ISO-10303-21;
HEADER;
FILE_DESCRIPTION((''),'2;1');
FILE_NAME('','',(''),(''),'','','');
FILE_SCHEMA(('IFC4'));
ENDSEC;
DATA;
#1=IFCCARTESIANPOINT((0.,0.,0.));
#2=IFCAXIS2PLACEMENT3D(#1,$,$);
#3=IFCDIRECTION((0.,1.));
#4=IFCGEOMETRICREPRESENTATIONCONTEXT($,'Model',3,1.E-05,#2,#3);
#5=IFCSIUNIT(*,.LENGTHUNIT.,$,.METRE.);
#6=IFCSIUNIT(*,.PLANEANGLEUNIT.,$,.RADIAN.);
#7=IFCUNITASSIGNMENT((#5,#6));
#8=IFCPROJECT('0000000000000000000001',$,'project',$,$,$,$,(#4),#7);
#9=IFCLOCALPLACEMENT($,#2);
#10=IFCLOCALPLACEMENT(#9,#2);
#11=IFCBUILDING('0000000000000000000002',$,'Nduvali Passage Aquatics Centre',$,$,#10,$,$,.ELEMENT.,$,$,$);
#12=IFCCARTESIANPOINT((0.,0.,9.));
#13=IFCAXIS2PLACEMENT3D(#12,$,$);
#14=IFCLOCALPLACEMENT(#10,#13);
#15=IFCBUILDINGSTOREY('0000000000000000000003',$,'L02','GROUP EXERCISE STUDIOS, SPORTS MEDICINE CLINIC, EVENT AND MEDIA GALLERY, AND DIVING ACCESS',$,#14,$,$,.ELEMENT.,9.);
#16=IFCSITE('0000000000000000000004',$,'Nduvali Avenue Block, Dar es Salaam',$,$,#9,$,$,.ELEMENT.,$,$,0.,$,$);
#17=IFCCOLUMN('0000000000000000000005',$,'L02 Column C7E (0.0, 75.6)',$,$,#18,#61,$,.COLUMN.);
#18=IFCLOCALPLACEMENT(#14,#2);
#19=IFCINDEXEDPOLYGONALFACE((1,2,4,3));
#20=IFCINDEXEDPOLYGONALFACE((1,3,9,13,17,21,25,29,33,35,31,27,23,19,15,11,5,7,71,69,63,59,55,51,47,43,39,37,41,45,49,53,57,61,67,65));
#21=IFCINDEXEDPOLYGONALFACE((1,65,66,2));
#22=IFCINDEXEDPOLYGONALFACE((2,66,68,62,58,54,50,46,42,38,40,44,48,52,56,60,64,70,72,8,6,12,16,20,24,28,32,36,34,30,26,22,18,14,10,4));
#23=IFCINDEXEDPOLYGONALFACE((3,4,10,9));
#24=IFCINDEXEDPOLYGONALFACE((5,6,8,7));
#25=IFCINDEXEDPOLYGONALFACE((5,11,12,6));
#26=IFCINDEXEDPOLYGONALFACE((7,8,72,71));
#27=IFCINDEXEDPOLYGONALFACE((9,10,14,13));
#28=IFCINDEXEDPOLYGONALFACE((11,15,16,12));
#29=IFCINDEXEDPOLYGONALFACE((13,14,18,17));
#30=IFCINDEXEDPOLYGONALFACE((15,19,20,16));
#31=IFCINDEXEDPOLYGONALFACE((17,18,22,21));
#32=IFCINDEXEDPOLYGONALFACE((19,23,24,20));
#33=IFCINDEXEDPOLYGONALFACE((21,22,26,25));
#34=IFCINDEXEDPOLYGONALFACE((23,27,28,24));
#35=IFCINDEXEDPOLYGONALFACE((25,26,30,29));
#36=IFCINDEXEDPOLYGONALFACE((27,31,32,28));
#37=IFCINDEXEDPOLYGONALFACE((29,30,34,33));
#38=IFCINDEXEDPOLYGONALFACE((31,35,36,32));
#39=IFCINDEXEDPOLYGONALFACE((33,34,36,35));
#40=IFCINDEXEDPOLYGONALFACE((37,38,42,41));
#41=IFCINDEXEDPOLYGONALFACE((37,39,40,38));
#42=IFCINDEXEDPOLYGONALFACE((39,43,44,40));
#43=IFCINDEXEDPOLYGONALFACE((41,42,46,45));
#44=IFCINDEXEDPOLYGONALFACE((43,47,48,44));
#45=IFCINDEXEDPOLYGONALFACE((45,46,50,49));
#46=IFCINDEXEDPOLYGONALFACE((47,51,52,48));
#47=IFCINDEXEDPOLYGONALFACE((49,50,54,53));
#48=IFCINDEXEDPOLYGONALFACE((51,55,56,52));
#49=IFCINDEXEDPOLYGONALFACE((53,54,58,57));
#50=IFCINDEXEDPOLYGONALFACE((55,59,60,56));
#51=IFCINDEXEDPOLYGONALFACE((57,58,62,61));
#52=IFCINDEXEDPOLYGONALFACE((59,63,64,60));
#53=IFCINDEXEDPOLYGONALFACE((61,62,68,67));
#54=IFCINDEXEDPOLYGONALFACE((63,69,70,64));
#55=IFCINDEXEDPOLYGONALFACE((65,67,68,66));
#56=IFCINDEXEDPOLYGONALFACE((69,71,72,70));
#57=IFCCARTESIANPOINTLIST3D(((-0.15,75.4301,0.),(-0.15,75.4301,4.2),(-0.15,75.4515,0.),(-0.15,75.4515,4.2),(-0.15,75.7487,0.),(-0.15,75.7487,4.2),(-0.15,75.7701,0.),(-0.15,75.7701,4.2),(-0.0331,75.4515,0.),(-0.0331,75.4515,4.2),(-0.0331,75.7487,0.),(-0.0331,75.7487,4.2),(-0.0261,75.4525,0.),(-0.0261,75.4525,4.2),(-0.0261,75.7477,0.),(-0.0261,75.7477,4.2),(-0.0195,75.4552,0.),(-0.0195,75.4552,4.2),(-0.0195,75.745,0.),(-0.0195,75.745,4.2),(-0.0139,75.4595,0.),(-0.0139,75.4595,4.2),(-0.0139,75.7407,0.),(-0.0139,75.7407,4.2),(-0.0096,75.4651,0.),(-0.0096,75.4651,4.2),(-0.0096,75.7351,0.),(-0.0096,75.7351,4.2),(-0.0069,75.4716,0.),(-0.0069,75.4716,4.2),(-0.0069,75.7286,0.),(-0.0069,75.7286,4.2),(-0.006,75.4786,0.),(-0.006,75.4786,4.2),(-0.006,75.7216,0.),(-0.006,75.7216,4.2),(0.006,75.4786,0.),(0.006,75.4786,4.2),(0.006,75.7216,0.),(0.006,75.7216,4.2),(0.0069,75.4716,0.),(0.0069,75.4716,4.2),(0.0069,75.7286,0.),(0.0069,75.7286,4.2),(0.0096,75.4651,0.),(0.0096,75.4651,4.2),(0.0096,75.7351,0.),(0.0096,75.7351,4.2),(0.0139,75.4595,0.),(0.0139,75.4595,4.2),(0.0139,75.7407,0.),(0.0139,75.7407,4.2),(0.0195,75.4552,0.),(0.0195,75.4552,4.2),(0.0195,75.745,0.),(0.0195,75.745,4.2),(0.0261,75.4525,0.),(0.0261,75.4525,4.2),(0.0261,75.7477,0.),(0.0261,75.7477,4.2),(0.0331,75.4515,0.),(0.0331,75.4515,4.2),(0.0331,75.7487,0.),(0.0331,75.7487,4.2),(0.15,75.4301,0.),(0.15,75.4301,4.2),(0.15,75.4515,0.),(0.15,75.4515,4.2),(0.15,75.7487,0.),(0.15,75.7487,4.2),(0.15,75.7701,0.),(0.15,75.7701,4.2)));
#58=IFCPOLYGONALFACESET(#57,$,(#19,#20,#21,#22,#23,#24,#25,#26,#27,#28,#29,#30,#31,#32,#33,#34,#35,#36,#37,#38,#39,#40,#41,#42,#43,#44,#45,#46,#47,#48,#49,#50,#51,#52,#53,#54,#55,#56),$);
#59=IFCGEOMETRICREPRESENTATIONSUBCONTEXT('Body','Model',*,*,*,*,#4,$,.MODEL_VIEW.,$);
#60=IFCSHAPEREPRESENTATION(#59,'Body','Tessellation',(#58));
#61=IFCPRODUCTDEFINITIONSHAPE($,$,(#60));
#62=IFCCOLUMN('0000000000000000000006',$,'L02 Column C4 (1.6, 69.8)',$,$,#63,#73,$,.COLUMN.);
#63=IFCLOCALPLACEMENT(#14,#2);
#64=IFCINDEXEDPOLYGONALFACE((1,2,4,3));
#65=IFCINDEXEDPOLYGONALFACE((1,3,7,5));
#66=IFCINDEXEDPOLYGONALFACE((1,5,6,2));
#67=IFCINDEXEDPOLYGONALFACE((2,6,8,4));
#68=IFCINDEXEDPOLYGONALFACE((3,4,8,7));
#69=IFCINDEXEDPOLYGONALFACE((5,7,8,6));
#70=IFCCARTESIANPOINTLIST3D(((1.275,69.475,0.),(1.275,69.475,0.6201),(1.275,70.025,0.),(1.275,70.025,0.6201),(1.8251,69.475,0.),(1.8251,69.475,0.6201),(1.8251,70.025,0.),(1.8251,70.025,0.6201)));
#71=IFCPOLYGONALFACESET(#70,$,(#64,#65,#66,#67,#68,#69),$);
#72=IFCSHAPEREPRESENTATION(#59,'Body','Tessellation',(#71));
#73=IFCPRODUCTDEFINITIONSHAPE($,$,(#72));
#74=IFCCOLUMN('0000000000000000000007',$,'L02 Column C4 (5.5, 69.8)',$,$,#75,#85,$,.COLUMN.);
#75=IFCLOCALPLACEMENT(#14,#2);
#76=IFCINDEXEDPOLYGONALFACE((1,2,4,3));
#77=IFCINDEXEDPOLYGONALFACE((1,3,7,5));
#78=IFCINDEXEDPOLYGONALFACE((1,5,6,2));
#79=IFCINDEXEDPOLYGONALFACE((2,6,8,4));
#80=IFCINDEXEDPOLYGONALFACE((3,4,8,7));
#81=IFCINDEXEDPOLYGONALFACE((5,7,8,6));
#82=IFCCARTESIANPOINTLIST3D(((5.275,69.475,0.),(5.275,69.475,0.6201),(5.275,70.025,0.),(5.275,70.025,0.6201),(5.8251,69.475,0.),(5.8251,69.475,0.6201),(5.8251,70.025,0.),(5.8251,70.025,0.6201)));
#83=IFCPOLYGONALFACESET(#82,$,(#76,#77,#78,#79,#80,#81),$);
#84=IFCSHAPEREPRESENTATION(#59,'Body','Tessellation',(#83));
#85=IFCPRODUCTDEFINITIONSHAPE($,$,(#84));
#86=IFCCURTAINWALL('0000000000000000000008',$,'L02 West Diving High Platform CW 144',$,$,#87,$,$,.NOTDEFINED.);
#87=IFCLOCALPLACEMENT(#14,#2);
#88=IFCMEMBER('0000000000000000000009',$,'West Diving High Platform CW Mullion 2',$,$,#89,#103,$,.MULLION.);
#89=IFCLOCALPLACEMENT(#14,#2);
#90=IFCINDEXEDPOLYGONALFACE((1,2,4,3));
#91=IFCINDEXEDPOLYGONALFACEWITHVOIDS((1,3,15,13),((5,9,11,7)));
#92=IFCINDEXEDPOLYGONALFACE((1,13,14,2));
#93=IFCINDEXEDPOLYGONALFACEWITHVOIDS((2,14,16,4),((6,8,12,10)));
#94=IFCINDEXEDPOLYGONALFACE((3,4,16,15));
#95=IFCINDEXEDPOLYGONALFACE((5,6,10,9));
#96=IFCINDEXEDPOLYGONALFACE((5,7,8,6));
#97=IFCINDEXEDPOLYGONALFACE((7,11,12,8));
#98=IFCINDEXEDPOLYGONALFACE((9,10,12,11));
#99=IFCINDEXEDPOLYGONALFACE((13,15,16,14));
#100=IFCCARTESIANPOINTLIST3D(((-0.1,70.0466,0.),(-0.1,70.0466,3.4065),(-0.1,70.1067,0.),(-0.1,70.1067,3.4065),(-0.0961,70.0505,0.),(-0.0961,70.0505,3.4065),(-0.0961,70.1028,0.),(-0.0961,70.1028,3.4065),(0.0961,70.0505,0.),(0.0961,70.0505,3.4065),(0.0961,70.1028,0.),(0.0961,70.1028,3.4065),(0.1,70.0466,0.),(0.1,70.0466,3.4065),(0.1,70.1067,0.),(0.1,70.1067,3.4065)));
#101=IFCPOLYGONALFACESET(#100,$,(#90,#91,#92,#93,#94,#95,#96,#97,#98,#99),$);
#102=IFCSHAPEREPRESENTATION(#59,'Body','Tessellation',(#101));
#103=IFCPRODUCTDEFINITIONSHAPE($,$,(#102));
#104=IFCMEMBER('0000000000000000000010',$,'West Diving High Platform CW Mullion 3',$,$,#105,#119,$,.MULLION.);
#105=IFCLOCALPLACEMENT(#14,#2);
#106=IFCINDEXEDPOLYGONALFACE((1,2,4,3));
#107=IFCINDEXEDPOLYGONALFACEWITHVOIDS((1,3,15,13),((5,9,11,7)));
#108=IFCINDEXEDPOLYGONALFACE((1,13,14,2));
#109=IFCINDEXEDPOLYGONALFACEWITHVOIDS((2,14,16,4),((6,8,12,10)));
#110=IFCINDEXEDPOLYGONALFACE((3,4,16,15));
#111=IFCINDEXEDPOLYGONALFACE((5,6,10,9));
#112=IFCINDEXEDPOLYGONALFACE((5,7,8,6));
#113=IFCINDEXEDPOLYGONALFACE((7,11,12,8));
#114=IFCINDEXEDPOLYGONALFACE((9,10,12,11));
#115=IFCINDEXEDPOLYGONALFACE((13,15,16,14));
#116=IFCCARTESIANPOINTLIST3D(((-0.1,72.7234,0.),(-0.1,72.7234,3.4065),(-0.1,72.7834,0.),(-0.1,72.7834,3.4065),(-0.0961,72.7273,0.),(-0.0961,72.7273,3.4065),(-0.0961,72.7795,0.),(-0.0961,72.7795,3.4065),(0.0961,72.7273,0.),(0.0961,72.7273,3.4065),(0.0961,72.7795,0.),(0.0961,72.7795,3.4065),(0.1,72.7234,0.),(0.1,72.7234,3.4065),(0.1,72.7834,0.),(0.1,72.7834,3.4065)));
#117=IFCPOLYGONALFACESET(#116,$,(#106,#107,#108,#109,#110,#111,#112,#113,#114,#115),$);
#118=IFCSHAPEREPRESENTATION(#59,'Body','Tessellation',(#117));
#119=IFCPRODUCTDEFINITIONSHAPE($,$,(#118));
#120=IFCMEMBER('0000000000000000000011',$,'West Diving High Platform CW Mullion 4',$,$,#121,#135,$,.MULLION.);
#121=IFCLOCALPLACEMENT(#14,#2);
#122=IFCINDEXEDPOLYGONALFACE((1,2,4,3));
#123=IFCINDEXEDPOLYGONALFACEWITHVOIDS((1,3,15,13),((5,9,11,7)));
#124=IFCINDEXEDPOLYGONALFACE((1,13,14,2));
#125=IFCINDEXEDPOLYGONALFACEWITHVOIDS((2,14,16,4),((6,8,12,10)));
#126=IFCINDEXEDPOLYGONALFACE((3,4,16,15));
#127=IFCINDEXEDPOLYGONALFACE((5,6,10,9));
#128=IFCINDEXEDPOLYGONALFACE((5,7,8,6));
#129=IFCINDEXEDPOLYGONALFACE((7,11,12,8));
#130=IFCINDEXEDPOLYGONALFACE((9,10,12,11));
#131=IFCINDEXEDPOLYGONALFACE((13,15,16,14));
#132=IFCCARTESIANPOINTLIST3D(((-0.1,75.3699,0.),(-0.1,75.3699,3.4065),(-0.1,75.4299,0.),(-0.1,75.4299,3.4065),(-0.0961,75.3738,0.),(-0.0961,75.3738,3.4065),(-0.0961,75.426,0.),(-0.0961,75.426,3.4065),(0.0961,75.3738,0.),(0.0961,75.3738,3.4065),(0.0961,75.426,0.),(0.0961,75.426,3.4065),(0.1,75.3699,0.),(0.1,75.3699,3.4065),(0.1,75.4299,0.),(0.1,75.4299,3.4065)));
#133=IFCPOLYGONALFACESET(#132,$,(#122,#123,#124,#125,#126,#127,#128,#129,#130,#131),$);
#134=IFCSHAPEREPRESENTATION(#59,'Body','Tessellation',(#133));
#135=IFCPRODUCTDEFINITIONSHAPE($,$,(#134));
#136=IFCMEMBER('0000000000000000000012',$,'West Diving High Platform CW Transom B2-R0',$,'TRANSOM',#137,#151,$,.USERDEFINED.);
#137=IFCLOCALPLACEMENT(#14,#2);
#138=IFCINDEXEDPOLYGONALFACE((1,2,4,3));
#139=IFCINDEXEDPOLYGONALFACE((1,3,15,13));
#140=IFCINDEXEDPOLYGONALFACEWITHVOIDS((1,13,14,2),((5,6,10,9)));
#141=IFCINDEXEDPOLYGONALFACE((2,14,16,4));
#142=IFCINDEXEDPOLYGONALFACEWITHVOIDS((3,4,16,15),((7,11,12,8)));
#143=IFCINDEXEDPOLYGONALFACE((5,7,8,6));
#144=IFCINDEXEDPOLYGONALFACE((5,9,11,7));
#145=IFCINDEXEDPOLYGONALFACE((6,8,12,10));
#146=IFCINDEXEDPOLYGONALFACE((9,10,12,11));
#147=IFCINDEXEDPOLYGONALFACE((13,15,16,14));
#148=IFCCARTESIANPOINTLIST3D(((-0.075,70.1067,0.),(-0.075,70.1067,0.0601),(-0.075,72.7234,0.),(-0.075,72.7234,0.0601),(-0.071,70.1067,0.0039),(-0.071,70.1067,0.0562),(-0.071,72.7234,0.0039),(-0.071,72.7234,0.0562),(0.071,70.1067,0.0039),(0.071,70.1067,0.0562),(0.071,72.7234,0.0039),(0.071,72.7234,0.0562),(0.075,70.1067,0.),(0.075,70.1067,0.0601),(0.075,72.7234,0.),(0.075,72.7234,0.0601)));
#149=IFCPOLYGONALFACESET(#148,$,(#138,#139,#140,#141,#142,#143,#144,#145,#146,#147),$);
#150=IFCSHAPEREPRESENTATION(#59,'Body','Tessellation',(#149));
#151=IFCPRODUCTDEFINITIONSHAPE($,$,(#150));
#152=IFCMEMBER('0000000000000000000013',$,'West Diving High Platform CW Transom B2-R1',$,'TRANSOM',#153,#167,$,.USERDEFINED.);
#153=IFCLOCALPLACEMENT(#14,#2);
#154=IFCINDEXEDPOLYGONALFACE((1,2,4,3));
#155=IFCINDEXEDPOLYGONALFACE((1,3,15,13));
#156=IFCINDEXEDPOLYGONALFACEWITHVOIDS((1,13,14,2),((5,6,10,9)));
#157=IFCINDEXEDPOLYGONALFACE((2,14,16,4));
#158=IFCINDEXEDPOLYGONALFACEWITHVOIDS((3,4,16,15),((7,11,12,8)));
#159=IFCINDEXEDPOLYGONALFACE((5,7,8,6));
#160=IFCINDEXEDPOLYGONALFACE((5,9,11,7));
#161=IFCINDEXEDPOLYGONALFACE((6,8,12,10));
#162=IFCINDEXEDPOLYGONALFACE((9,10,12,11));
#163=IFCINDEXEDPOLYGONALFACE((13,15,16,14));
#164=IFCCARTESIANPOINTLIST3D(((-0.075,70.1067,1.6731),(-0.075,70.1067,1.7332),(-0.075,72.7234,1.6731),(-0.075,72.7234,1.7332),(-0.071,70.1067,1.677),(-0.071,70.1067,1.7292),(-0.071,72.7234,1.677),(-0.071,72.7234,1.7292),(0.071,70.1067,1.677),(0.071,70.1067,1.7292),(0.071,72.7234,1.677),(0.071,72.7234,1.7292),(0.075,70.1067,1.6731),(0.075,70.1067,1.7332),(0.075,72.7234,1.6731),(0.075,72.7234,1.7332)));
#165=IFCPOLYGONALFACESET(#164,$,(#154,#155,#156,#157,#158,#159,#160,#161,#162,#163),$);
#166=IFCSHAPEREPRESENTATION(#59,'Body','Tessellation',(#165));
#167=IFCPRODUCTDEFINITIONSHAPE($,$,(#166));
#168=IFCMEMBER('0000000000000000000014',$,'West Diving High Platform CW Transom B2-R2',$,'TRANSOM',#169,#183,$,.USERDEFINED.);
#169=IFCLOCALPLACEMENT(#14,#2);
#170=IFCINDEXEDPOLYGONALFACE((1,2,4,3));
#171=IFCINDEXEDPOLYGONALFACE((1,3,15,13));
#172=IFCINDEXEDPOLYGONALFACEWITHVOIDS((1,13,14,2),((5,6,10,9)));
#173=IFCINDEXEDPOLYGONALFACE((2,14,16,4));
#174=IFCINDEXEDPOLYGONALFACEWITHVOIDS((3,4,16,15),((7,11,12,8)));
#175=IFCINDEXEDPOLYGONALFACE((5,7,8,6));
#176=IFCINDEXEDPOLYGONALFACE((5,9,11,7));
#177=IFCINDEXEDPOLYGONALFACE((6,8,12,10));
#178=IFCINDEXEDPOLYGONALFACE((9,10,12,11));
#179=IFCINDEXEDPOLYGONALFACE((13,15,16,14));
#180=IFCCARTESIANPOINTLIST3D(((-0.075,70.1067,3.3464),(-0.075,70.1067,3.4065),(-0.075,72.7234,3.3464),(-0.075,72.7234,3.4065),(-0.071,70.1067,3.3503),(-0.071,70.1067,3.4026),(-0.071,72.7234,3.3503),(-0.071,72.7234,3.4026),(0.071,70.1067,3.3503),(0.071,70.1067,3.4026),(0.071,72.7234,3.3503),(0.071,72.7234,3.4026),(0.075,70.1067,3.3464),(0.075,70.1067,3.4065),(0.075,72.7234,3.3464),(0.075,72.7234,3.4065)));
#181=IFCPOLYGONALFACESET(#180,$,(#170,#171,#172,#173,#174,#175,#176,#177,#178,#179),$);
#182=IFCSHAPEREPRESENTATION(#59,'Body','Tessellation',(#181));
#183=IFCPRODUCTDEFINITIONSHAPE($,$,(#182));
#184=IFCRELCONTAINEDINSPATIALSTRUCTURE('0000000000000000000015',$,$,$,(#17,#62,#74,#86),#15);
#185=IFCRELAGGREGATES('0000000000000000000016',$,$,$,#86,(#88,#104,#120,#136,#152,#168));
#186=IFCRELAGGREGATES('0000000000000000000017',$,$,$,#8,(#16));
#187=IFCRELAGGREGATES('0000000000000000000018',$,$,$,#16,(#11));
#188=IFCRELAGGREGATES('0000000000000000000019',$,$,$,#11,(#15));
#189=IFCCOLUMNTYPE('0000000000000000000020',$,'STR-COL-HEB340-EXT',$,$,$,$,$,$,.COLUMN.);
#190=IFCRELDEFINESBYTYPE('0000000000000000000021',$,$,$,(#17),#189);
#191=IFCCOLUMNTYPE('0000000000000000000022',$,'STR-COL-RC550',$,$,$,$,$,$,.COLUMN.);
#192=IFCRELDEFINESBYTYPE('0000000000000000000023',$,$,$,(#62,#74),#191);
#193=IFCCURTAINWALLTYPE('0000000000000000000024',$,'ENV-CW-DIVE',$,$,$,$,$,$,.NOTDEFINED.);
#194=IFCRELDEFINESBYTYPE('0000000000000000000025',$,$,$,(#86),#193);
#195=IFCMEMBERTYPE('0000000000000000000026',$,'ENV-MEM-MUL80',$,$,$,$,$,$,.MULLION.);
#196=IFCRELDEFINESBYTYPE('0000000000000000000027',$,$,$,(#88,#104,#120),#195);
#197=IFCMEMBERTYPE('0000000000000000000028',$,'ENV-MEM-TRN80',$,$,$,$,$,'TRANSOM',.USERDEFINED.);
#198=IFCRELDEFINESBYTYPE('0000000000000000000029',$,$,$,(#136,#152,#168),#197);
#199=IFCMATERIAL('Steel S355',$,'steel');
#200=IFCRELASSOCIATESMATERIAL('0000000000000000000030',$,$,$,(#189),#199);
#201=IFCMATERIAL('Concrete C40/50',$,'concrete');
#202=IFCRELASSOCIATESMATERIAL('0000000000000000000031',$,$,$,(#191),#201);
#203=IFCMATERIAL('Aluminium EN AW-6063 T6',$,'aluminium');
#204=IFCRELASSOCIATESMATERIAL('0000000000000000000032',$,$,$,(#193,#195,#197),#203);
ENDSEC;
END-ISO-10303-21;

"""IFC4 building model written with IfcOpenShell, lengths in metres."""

from ifc_helpers import new_model, si_unit, direction, frame, origin, origin_2d, place, context, subcontext, project, spatial, rectangle, hollow_rectangle, i_section, extrude, material, material_profile, profile_set, type_object, element, aggregate, save


model = new_model("IFC4")

# Units and contexts
model_context = context("Model", 3, precision=1e-05, world=origin(), true_north=direction((0.0, 1.0)))
body_context = subcontext(model_context, "Body", "Model", "MODEL_VIEW")
ifc_project = project(units=[si_unit("LENGTHUNIT", "METRE"), si_unit("PLANEANGLEUNIT", "RADIAN")], contexts=[model_context])

# Site, building, storey
site_placement = place(None, origin())
site = spatial("IfcSite", under=ifc_project, at=site_placement, Name="Nduvali Avenue Block, Dar es Salaam", CompositionType="ELEMENT", RefElevation=0.0)
building_placement = place(site_placement, origin())
building = spatial("IfcBuilding", under=site, at=building_placement, Name="Nduvali Passage Aquatics Centre", CompositionType="ELEMENT")
storey_placement = place(building_placement, frame((0.0, 0.0, 9.0)))
storey = spatial("IfcBuildingStorey", under=building, at=storey_placement, Name="L02", Description="GROUP EXERCISE STUDIOS, SPORTS MEDICINE CLINIC, EVENT AND MEDIA GALLERY, AND DIVING ACCESS", CompositionType="ELEMENT", Elevation=9.0)

# Columns
ifc_material_1 = material(Name="Steel S355", Category="steel")
ifc_material_profile_1 = material_profile(ifc_material_1, i_section(OverallWidth=0.3, OverallDepth=0.3401, WebThickness=0.012, FlangeThickness=0.0215, FilletRadius=0.0271, at=origin_2d()), Name="HEB 340")
ifc_profile_set_1 = profile_set([ifc_material_profile_1], Name="Steel S355")
column_type_1 = type_object("IfcColumnType", Name="STR-COL-HEB340-EXT", PredefinedType="COLUMN", material=ifc_profile_set_1)
column_placement = place(storey_placement, frame((0.0, 75.6001, 0.0), z_axis=(0.0, 0.0, 1.0), x_axis=(1.0, 0.0, 0.0)))
element("IfcColumn", 1, at=column_placement, inside=storey, type_object=column_type_1, Name="L02 Column C7E (0.0, 75.6)", PredefinedType="COLUMN", context=body_context, shape_type="SweptSolid", body=[
    extrude(i_section(OverallWidth=0.3, OverallDepth=0.3401, WebThickness=0.012, FlangeThickness=0.0215, FilletRadius=0.0271, at=origin_2d()), origin(), (0.0, 0.0, 1.0), 4.2),
])
ifc_material_2 = material(Name="Concrete C40/50", Category="concrete")
ifc_material_profile_2 = material_profile(ifc_material_2, rectangle(XDim=0.55, YDim=0.55, at=origin_2d()), Name="RC 550x550")
ifc_profile_set_2 = profile_set([ifc_material_profile_2], Name="Concrete C40/50")
column_type_2 = type_object("IfcColumnType", Name="STR-COL-RC550", PredefinedType="COLUMN", material=ifc_profile_set_2)
for number, where, z_axis, x_axis, name in (
    (2, (1.55, 69.75, 0.0), (0.0, 0.0, 1.0), (1.0, 0.0, 0.0), "L02 Column C4 (1.6, 69.8)"),
    (3, (5.55, 69.75, 0.0), (0.0, 0.0, 1.0), (1.0, 0.0, 0.0), "L02 Column C4 (5.5, 69.8)"),
):
    element("IfcColumn", number, at=place(storey_placement, frame(where, z_axis=z_axis, x_axis=x_axis)), inside=storey, type_object=column_type_2, Name=name, PredefinedType="COLUMN", context=body_context, shape_type="SweptSolid", body=[
        extrude(rectangle(XDim=0.55, YDim=0.55, at=origin_2d()), origin(), (0.0, 0.0, 1.0), 0.6201),
    ])

# Curtain wall, members
ifc_material_3 = material(Name="Aluminium EN AW-6063 T6", Category="aluminium")
curtain_wall_type = type_object("IfcCurtainWallType", Name="ENV-CW-DIVE", PredefinedType="NOTDEFINED", material=ifc_material_3)
curtain_wall_placement = place(storey_placement, origin())
curtain_wall = element("IfcCurtainWall", 4, at=curtain_wall_placement, inside=storey, type_object=curtain_wall_type, Name="L02 West Diving High Platform CW 144", PredefinedType="NOTDEFINED")
ifc_material_profile_3 = material_profile(ifc_material_3, hollow_rectangle(XDim=0.0601, YDim=0.2, WallThickness=0.0039, at=origin_2d()), Name="ALU MULLION 60x200x4")
ifc_profile_set_3 = profile_set([ifc_material_profile_3], Name="Aluminium EN AW-6063 T6")
member_type_1 = type_object("IfcMemberType", Name="ENV-MEM-MUL80", PredefinedType="MULLION", material=ifc_profile_set_3)
member_1_placement = place(storey_placement, frame((0.0, 70.0767, 0.0), z_axis=(0.0, 0.0, 1.0), x_axis=(0.0, 1.0, 0.0)))
member_1 = element("IfcMember", 5, at=member_1_placement, type_object=member_type_1, Name="West Diving High Platform CW Mullion 2", PredefinedType="MULLION", context=body_context, shape_type="SweptSolid", body=[
    extrude(hollow_rectangle(XDim=0.0601, YDim=0.2, WallThickness=0.0039, at=origin_2d()), origin(), (0.0, 0.0, 1.0), 3.4065),
])
member_2_placement = place(storey_placement, frame((0.0, 72.7534, 0.0), z_axis=(0.0, 0.0, 1.0), x_axis=(0.0, 1.0, 0.0)))
member_2 = element("IfcMember", 6, at=member_2_placement, type_object=member_type_1, Name="West Diving High Platform CW Mullion 3", PredefinedType="MULLION", context=body_context, shape_type="SweptSolid", body=[
    extrude(hollow_rectangle(XDim=0.0601, YDim=0.2, WallThickness=0.0039, at=origin_2d()), origin(), (0.0, 0.0, 1.0), 3.4065),
])
member_3_placement = place(storey_placement, frame((0.0, 75.3999, 0.0), z_axis=(0.0, 0.0, 1.0), x_axis=(0.0, 1.0, 0.0)))
member_3 = element("IfcMember", 7, at=member_3_placement, type_object=member_type_1, Name="West Diving High Platform CW Mullion 4", PredefinedType="MULLION", context=body_context, shape_type="SweptSolid", body=[
    extrude(hollow_rectangle(XDim=0.0601, YDim=0.2, WallThickness=0.0039, at=origin_2d()), origin(), (0.0, 0.0, 1.0), 3.4065),
])
ifc_material_profile_4 = material_profile(ifc_material_3, hollow_rectangle(XDim=0.1499, YDim=0.0601, WallThickness=0.0039, at=origin_2d()), Name="ALU TRANSOM 150x60x4")
ifc_profile_set_4 = profile_set([ifc_material_profile_4], Name="Aluminium EN AW-6063 T6")
member_type_2 = type_object("IfcMemberType", Name="ENV-MEM-TRN80", ElementType="TRANSOM", PredefinedType="USERDEFINED", material=ifc_profile_set_4)
member_4_placement = place(storey_placement, frame((0.0, 70.1067, 0.03), z_axis=(0.0, 1.0, 0.0), x_axis=(-1.0, 0.0, 0.0)))
member_4 = element("IfcMember", 8, at=member_4_placement, type_object=member_type_2, Name="West Diving High Platform CW Transom B2-R0", ObjectType="TRANSOM", PredefinedType="USERDEFINED", context=body_context, shape_type="SweptSolid", body=[
    extrude(hollow_rectangle(XDim=0.1499, YDim=0.0601, WallThickness=0.0039, at=origin_2d()), origin(), (0.0, 0.0, 1.0), 2.6167),
])
member_5_placement = place(storey_placement, frame((0.0, 70.1067, 1.7031), z_axis=(0.0, 1.0, 0.0), x_axis=(-1.0, 0.0, 0.0)))
member_5 = element("IfcMember", 9, at=member_5_placement, type_object=member_type_2, Name="West Diving High Platform CW Transom B2-R1", ObjectType="TRANSOM", PredefinedType="USERDEFINED", context=body_context, shape_type="SweptSolid", body=[
    extrude(hollow_rectangle(XDim=0.1499, YDim=0.0601, WallThickness=0.0039, at=origin_2d()), origin(), (0.0, 0.0, 1.0), 2.6167),
])
member_6_placement = place(storey_placement, frame((0.0, 70.1067, 3.3765), z_axis=(0.0, 1.0, 0.0), x_axis=(-1.0, 0.0, 0.0)))
member_6 = element("IfcMember", 10, at=member_6_placement, type_object=member_type_2, Name="West Diving High Platform CW Transom B2-R2", ObjectType="TRANSOM", PredefinedType="USERDEFINED", context=body_context, shape_type="SweptSolid", body=[
    extrude(hollow_rectangle(XDim=0.1499, YDim=0.0601, WallThickness=0.0039, at=origin_2d()), origin(), (0.0, 0.0, 1.0), 2.6167),
])

aggregate(curtain_wall, [member_1, member_2, member_3, member_4, member_5, member_6])

save(model, "model.ifc")
